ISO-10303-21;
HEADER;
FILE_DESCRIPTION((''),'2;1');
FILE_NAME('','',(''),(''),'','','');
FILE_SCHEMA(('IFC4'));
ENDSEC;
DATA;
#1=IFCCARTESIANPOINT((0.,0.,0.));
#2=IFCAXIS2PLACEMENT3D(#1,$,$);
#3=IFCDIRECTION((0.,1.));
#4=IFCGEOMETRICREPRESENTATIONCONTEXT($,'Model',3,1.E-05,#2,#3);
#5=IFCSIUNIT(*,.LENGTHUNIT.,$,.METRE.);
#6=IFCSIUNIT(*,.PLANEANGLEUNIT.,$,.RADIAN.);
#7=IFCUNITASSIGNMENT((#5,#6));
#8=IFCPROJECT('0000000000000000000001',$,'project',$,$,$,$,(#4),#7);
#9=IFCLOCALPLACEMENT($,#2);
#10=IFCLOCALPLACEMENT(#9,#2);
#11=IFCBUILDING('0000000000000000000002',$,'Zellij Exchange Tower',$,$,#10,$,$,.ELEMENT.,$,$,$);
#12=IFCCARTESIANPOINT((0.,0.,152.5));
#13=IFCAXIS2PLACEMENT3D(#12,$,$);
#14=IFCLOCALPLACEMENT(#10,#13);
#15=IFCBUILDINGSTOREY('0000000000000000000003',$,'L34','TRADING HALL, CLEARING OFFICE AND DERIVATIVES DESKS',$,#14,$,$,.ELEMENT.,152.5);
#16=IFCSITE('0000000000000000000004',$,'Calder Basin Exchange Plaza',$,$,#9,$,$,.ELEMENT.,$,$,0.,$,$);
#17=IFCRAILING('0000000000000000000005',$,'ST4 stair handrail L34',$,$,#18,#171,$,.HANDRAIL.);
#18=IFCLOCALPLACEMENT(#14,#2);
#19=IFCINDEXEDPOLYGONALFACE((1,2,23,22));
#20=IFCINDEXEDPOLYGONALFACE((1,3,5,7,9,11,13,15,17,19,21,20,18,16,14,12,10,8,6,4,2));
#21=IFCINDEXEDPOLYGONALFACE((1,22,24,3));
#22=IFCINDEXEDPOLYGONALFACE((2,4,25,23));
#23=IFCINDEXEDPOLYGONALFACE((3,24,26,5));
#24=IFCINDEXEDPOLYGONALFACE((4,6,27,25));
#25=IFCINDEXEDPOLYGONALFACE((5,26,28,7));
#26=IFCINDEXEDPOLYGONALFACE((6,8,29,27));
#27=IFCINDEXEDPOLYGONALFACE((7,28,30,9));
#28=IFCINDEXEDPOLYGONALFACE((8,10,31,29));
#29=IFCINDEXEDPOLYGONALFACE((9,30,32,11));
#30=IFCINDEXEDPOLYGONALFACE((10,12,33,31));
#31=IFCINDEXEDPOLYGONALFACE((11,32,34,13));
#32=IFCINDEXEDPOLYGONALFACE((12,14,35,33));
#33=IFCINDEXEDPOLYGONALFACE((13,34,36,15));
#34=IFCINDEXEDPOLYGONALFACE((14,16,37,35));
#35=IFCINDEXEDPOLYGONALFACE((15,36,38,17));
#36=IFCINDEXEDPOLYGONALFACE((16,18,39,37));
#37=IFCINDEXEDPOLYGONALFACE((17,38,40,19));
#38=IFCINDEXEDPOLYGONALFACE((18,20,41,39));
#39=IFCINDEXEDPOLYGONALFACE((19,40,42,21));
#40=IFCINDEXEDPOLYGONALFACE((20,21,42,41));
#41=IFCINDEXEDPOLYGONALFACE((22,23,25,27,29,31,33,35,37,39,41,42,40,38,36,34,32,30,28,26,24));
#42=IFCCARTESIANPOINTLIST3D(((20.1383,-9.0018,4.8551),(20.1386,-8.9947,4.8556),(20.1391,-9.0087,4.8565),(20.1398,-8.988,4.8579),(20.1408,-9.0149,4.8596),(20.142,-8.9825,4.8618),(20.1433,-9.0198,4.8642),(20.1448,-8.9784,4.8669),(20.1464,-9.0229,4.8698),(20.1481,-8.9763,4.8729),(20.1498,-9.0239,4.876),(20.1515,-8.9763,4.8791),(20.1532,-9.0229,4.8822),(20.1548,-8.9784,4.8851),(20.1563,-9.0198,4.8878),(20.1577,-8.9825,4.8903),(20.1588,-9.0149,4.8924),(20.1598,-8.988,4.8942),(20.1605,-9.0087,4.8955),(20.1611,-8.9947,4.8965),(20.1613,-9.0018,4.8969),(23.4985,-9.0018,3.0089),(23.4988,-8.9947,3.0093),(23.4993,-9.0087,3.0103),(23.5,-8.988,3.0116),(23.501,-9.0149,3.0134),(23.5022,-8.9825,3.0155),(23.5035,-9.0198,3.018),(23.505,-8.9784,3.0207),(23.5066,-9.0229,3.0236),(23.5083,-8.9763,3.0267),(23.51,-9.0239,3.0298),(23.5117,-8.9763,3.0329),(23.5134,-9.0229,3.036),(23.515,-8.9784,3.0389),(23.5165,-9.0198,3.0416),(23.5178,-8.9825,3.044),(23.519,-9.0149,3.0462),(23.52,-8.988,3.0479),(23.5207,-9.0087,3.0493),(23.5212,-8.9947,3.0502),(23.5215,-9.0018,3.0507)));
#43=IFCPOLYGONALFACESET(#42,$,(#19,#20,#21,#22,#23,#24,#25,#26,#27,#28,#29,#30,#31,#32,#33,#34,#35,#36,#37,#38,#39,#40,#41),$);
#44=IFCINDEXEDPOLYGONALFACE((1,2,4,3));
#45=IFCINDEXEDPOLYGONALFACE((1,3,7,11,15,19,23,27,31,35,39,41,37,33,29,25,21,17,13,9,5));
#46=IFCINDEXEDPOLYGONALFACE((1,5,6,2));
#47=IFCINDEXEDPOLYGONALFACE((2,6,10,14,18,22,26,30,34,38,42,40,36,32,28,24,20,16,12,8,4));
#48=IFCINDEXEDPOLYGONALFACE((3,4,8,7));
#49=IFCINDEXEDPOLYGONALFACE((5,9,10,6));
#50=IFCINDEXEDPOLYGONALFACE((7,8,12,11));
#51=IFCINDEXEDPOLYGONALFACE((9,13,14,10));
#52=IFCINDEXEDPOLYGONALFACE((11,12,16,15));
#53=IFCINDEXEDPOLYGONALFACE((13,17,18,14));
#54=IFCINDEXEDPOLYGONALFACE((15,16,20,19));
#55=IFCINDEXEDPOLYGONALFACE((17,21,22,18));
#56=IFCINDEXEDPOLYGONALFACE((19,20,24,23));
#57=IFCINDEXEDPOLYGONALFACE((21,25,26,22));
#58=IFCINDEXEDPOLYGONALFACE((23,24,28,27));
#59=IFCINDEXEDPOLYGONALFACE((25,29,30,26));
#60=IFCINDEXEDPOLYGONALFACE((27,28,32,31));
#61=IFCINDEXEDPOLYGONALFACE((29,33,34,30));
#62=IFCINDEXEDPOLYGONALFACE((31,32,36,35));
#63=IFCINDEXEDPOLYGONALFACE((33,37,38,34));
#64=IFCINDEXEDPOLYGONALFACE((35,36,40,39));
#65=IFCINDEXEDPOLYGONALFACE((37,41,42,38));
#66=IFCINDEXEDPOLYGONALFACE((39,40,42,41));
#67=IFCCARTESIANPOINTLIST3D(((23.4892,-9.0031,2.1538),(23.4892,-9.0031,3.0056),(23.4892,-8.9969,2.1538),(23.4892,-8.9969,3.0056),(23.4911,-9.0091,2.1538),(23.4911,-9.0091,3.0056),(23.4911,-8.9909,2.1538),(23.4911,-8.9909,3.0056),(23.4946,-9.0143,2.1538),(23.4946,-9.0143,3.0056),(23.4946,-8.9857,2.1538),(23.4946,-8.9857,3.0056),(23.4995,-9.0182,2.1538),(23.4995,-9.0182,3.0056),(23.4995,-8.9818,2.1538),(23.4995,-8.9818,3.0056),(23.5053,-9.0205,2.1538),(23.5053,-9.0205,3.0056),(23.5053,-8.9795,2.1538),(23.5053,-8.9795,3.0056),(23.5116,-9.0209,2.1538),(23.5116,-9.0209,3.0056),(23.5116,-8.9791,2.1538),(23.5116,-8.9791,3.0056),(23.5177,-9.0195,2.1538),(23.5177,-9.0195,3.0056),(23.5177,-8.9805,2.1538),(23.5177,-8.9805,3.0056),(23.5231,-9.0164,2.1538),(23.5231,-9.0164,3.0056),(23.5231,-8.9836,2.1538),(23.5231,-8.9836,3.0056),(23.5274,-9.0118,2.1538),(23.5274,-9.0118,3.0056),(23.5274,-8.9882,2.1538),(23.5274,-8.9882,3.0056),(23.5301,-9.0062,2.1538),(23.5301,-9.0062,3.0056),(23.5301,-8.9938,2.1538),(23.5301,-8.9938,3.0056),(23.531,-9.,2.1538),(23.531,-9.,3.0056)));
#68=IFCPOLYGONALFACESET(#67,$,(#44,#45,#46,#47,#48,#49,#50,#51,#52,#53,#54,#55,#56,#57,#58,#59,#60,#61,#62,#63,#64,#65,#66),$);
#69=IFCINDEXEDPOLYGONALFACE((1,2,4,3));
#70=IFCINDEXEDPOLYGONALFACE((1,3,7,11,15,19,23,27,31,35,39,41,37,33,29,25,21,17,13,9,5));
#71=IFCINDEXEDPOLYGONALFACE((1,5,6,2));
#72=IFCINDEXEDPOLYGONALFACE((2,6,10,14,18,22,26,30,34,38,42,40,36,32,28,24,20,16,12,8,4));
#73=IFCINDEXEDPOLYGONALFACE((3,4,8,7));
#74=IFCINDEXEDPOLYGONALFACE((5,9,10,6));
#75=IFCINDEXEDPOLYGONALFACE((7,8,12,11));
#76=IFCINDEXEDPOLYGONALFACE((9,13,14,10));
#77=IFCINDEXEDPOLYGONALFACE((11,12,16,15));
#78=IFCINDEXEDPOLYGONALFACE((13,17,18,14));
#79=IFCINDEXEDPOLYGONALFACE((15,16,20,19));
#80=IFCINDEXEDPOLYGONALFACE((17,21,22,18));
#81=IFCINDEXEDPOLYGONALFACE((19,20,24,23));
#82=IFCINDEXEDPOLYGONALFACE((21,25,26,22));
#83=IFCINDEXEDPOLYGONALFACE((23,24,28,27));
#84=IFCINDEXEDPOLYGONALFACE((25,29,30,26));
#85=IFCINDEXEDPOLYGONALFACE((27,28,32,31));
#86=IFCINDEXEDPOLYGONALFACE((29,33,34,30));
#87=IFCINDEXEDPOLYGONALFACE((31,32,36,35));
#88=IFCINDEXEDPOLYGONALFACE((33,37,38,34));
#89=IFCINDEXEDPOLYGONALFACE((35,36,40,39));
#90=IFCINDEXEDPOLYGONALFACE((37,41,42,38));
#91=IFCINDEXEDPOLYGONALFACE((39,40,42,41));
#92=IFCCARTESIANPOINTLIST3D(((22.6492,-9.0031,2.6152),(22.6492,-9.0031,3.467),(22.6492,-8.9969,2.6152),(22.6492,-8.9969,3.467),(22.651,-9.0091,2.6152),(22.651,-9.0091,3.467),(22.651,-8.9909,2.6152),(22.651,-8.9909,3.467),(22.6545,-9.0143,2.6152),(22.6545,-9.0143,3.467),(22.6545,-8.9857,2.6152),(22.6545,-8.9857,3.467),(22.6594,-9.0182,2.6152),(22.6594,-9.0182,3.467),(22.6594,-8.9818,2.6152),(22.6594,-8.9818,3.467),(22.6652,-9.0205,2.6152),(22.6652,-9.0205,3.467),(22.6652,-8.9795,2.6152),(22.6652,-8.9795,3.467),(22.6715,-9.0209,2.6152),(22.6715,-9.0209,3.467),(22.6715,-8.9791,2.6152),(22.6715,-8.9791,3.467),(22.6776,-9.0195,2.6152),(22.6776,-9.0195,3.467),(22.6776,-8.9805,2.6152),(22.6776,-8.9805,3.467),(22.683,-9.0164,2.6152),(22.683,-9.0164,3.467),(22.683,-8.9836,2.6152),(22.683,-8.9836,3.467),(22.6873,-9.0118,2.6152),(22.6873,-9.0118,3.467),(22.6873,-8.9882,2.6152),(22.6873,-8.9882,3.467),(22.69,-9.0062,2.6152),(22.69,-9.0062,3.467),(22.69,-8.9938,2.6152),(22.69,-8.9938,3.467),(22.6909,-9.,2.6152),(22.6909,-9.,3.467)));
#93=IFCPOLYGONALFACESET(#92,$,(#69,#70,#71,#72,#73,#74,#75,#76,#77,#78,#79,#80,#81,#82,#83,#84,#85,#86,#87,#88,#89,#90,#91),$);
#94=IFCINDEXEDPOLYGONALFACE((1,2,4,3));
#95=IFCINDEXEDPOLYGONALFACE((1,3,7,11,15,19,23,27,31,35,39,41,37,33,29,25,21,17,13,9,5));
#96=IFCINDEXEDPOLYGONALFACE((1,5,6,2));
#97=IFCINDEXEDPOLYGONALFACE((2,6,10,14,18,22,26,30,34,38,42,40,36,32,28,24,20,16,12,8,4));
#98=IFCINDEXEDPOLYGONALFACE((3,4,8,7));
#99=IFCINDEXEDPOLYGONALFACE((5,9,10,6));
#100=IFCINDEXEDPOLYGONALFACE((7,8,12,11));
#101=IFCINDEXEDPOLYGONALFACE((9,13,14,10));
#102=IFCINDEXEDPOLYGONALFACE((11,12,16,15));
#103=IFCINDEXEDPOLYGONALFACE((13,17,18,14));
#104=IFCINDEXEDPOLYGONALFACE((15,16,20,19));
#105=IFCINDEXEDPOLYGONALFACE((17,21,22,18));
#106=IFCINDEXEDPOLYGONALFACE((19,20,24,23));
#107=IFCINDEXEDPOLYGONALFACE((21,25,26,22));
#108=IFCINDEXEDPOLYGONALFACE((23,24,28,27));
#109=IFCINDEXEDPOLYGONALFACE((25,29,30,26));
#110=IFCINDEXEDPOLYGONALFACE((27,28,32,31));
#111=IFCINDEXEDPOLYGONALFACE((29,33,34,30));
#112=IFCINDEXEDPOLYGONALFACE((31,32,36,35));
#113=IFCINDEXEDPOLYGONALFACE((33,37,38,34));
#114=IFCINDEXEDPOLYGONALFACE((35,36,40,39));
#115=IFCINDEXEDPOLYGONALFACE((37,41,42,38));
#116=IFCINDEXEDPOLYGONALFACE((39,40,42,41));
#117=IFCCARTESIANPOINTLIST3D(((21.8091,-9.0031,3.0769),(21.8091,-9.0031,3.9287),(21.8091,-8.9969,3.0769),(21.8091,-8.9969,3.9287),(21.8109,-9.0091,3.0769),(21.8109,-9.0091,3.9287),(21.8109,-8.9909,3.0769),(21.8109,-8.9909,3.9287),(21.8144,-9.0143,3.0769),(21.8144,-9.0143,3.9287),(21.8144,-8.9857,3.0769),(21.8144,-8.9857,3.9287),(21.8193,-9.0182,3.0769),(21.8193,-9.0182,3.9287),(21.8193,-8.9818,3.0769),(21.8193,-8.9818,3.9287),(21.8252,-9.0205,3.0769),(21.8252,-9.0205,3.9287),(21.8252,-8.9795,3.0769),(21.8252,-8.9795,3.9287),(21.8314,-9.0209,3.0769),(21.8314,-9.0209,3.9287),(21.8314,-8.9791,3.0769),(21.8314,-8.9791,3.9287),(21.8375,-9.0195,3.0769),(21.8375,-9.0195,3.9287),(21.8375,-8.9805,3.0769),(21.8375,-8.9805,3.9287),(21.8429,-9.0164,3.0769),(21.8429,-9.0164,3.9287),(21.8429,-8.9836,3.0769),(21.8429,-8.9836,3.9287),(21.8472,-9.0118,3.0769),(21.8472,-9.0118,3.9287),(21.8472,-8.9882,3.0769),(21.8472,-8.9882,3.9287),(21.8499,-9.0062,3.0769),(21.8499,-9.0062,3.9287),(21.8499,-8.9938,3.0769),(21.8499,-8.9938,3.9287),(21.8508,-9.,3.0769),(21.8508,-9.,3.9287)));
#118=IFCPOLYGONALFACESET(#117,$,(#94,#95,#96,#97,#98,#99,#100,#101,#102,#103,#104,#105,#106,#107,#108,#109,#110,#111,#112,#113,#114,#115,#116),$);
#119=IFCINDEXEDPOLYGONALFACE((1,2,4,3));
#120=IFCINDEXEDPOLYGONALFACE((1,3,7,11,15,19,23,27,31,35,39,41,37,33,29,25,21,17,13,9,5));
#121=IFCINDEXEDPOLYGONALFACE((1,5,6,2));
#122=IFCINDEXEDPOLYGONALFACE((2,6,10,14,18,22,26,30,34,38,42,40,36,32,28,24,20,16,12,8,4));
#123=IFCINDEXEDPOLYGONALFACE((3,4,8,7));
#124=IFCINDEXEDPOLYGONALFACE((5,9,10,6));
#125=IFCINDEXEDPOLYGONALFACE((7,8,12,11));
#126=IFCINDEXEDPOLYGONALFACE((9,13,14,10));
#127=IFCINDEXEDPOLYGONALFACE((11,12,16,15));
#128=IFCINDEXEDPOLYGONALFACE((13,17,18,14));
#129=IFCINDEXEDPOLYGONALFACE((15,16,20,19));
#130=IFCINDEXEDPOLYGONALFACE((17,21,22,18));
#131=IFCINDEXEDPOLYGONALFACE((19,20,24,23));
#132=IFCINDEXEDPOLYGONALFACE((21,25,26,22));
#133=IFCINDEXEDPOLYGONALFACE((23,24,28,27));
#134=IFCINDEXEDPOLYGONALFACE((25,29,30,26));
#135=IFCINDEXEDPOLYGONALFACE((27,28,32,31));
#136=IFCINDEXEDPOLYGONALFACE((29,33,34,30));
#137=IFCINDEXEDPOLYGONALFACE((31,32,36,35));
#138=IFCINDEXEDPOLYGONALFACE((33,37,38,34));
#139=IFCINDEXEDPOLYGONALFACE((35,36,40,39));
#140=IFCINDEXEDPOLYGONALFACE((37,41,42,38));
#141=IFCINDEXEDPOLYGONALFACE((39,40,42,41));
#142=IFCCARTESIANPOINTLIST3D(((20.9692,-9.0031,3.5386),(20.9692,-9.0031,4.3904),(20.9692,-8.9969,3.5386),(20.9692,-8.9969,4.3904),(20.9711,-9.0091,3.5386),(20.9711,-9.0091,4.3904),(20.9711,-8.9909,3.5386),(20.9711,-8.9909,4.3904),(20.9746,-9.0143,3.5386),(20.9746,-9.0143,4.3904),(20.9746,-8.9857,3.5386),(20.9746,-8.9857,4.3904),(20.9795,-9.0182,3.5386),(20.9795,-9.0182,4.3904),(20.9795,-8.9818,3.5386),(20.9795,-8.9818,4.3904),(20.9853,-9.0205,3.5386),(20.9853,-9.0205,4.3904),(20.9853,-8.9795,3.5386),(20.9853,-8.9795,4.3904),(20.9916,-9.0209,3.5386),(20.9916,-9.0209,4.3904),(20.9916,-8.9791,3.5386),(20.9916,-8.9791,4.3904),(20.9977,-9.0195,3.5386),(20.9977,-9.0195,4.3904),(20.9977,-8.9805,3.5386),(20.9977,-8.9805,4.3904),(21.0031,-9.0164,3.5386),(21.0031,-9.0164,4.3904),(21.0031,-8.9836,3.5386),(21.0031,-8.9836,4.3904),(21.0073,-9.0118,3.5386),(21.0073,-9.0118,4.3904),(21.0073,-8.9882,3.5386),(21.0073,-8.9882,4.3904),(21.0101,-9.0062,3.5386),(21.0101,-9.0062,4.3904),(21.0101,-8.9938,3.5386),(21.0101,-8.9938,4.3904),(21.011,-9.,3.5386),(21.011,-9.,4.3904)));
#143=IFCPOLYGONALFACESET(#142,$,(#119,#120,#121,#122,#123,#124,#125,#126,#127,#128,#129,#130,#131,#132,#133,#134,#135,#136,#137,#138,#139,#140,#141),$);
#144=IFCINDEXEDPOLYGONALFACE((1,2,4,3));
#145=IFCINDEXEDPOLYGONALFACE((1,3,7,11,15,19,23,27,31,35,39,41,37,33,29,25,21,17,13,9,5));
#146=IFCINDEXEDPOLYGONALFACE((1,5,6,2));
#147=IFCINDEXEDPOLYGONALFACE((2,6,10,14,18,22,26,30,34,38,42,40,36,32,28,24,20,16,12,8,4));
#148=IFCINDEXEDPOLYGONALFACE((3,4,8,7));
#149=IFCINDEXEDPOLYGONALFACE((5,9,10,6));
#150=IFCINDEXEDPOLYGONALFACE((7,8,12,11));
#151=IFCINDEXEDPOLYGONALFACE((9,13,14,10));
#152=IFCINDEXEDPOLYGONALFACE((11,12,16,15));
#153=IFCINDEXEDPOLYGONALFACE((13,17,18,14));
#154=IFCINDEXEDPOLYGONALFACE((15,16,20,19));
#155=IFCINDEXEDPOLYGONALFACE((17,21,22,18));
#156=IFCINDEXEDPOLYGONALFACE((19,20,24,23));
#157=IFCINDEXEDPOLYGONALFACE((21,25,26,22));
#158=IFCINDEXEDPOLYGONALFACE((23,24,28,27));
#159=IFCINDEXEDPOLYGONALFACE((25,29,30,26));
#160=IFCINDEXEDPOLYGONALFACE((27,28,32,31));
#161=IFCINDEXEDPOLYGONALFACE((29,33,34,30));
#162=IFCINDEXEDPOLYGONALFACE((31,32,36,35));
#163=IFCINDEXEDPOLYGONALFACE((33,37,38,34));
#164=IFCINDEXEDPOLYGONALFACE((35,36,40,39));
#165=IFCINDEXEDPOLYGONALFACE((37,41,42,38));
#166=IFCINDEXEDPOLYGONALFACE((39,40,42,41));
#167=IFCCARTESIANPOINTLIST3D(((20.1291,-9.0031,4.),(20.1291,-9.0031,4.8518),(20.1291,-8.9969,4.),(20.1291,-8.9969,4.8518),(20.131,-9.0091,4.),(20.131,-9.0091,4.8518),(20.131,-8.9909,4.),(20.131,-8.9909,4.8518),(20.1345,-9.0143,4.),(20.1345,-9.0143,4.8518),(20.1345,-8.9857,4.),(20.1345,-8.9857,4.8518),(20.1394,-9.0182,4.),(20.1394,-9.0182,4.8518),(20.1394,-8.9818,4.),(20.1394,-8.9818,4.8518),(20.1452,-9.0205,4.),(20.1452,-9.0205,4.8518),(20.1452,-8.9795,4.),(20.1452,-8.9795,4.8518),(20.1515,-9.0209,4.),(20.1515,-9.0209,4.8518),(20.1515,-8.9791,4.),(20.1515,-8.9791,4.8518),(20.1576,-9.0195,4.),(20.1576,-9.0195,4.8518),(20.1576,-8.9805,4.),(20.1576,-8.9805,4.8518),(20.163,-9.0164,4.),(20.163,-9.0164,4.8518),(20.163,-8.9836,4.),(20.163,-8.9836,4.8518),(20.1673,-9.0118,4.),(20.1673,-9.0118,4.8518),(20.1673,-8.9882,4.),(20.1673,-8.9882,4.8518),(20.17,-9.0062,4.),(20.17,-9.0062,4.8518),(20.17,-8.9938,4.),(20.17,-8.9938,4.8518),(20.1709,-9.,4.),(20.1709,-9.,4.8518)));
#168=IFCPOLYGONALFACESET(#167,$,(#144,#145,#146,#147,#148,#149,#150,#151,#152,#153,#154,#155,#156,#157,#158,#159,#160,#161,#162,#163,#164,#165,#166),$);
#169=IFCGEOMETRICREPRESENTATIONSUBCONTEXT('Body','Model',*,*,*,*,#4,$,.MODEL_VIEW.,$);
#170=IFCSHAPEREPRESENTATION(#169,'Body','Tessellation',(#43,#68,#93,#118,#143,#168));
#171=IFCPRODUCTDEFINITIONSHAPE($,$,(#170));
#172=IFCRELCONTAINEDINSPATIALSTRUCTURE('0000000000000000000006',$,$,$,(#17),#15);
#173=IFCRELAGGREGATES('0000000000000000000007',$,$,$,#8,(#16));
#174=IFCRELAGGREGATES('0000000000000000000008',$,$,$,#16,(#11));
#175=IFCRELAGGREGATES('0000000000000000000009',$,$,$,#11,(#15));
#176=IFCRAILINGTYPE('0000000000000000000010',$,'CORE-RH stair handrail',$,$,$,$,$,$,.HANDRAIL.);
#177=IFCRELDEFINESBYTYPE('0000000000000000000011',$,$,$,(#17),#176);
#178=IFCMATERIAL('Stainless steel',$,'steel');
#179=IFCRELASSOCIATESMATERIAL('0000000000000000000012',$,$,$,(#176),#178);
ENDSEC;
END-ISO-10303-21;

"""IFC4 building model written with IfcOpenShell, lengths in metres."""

from ifc_helpers import new_model, si_unit, direction, frame, origin, origin_2d, place, context, subcontext, project, spatial, circle, extrude, material, type_object, element, save


model = new_model("IFC4")

# Units and contexts
model_context = context("Model", 3, precision=1e-05, world=origin(), true_north=direction((0.0, 1.0)))
body_context = subcontext(model_context, "Body", "Model", "MODEL_VIEW")
ifc_project = project(units=[si_unit("LENGTHUNIT", "METRE"), si_unit("PLANEANGLEUNIT", "RADIAN")], contexts=[model_context])

# Site, building, storey
site_placement = place(None, origin())
site = spatial("IfcSite", under=ifc_project, at=site_placement, Name="Calder Basin Exchange Plaza", CompositionType="ELEMENT", RefElevation=0.0)
building_placement = place(site_placement, origin())
building = spatial("IfcBuilding", under=site, at=building_placement, Name="Zellij Exchange Tower", CompositionType="ELEMENT")
storey_placement = place(building_placement, frame((0.0, 0.0, 152.5)))
storey = spatial("IfcBuildingStorey", under=building, at=storey_placement, Name="L34", Description="TRADING HALL, CLEARING OFFICE AND DERIVATIVES DESKS", CompositionType="ELEMENT", Elevation=152.5)

# Railing
ifc_material_1 = material(Name="Stainless steel", Category="steel")
railing_type = type_object("IfcRailingType", Name="CORE-RH stair handrail", PredefinedType="HANDRAIL", material=ifc_material_1)
railing_placement = place(storey_placement, frame((23.51, -9.0, 2.1538)))
element("IfcRailing", 1, at=railing_placement, inside=storey, type_object=railing_type, Name="ST4 stair handrail L34", PredefinedType="HANDRAIL", context=body_context, shape_type="SweptSolid", body=[
    extrude(circle(Radius=0.0239, at=origin_2d()), frame((0.0, 0.0, 0.876), z_axis=(-0.876422, 0.0, 0.481545), x_axis=(0.0, -1.0, 0.0)), (0.0, 0.0, 1.0), 3.834),
    extrude(circle(Radius=0.021, at=origin_2d()), origin(), (0.0, 0.0, 1.0), 0.8518),
    extrude(circle(Radius=0.021, at=origin_2d()), frame((-0.8401, 0.0, 0.4614)), (0.0, 0.0, 1.0), 0.8518),
    extrude(circle(Radius=0.021, at=origin_2d()), frame((-1.6802, 0.0, 0.9231)), (0.0, 0.0, 1.0), 0.8518),
    extrude(circle(Radius=0.021, at=origin_2d()), frame((-2.52, 0.0, 1.3848)), (0.0, 0.0, 1.0), 0.8518),
    extrude(circle(Radius=0.021, at=origin_2d()), frame((-3.3601, 0.0, 1.8462)), (0.0, 0.0, 1.0), 0.8518),
])

save(model, "model.ifc")
